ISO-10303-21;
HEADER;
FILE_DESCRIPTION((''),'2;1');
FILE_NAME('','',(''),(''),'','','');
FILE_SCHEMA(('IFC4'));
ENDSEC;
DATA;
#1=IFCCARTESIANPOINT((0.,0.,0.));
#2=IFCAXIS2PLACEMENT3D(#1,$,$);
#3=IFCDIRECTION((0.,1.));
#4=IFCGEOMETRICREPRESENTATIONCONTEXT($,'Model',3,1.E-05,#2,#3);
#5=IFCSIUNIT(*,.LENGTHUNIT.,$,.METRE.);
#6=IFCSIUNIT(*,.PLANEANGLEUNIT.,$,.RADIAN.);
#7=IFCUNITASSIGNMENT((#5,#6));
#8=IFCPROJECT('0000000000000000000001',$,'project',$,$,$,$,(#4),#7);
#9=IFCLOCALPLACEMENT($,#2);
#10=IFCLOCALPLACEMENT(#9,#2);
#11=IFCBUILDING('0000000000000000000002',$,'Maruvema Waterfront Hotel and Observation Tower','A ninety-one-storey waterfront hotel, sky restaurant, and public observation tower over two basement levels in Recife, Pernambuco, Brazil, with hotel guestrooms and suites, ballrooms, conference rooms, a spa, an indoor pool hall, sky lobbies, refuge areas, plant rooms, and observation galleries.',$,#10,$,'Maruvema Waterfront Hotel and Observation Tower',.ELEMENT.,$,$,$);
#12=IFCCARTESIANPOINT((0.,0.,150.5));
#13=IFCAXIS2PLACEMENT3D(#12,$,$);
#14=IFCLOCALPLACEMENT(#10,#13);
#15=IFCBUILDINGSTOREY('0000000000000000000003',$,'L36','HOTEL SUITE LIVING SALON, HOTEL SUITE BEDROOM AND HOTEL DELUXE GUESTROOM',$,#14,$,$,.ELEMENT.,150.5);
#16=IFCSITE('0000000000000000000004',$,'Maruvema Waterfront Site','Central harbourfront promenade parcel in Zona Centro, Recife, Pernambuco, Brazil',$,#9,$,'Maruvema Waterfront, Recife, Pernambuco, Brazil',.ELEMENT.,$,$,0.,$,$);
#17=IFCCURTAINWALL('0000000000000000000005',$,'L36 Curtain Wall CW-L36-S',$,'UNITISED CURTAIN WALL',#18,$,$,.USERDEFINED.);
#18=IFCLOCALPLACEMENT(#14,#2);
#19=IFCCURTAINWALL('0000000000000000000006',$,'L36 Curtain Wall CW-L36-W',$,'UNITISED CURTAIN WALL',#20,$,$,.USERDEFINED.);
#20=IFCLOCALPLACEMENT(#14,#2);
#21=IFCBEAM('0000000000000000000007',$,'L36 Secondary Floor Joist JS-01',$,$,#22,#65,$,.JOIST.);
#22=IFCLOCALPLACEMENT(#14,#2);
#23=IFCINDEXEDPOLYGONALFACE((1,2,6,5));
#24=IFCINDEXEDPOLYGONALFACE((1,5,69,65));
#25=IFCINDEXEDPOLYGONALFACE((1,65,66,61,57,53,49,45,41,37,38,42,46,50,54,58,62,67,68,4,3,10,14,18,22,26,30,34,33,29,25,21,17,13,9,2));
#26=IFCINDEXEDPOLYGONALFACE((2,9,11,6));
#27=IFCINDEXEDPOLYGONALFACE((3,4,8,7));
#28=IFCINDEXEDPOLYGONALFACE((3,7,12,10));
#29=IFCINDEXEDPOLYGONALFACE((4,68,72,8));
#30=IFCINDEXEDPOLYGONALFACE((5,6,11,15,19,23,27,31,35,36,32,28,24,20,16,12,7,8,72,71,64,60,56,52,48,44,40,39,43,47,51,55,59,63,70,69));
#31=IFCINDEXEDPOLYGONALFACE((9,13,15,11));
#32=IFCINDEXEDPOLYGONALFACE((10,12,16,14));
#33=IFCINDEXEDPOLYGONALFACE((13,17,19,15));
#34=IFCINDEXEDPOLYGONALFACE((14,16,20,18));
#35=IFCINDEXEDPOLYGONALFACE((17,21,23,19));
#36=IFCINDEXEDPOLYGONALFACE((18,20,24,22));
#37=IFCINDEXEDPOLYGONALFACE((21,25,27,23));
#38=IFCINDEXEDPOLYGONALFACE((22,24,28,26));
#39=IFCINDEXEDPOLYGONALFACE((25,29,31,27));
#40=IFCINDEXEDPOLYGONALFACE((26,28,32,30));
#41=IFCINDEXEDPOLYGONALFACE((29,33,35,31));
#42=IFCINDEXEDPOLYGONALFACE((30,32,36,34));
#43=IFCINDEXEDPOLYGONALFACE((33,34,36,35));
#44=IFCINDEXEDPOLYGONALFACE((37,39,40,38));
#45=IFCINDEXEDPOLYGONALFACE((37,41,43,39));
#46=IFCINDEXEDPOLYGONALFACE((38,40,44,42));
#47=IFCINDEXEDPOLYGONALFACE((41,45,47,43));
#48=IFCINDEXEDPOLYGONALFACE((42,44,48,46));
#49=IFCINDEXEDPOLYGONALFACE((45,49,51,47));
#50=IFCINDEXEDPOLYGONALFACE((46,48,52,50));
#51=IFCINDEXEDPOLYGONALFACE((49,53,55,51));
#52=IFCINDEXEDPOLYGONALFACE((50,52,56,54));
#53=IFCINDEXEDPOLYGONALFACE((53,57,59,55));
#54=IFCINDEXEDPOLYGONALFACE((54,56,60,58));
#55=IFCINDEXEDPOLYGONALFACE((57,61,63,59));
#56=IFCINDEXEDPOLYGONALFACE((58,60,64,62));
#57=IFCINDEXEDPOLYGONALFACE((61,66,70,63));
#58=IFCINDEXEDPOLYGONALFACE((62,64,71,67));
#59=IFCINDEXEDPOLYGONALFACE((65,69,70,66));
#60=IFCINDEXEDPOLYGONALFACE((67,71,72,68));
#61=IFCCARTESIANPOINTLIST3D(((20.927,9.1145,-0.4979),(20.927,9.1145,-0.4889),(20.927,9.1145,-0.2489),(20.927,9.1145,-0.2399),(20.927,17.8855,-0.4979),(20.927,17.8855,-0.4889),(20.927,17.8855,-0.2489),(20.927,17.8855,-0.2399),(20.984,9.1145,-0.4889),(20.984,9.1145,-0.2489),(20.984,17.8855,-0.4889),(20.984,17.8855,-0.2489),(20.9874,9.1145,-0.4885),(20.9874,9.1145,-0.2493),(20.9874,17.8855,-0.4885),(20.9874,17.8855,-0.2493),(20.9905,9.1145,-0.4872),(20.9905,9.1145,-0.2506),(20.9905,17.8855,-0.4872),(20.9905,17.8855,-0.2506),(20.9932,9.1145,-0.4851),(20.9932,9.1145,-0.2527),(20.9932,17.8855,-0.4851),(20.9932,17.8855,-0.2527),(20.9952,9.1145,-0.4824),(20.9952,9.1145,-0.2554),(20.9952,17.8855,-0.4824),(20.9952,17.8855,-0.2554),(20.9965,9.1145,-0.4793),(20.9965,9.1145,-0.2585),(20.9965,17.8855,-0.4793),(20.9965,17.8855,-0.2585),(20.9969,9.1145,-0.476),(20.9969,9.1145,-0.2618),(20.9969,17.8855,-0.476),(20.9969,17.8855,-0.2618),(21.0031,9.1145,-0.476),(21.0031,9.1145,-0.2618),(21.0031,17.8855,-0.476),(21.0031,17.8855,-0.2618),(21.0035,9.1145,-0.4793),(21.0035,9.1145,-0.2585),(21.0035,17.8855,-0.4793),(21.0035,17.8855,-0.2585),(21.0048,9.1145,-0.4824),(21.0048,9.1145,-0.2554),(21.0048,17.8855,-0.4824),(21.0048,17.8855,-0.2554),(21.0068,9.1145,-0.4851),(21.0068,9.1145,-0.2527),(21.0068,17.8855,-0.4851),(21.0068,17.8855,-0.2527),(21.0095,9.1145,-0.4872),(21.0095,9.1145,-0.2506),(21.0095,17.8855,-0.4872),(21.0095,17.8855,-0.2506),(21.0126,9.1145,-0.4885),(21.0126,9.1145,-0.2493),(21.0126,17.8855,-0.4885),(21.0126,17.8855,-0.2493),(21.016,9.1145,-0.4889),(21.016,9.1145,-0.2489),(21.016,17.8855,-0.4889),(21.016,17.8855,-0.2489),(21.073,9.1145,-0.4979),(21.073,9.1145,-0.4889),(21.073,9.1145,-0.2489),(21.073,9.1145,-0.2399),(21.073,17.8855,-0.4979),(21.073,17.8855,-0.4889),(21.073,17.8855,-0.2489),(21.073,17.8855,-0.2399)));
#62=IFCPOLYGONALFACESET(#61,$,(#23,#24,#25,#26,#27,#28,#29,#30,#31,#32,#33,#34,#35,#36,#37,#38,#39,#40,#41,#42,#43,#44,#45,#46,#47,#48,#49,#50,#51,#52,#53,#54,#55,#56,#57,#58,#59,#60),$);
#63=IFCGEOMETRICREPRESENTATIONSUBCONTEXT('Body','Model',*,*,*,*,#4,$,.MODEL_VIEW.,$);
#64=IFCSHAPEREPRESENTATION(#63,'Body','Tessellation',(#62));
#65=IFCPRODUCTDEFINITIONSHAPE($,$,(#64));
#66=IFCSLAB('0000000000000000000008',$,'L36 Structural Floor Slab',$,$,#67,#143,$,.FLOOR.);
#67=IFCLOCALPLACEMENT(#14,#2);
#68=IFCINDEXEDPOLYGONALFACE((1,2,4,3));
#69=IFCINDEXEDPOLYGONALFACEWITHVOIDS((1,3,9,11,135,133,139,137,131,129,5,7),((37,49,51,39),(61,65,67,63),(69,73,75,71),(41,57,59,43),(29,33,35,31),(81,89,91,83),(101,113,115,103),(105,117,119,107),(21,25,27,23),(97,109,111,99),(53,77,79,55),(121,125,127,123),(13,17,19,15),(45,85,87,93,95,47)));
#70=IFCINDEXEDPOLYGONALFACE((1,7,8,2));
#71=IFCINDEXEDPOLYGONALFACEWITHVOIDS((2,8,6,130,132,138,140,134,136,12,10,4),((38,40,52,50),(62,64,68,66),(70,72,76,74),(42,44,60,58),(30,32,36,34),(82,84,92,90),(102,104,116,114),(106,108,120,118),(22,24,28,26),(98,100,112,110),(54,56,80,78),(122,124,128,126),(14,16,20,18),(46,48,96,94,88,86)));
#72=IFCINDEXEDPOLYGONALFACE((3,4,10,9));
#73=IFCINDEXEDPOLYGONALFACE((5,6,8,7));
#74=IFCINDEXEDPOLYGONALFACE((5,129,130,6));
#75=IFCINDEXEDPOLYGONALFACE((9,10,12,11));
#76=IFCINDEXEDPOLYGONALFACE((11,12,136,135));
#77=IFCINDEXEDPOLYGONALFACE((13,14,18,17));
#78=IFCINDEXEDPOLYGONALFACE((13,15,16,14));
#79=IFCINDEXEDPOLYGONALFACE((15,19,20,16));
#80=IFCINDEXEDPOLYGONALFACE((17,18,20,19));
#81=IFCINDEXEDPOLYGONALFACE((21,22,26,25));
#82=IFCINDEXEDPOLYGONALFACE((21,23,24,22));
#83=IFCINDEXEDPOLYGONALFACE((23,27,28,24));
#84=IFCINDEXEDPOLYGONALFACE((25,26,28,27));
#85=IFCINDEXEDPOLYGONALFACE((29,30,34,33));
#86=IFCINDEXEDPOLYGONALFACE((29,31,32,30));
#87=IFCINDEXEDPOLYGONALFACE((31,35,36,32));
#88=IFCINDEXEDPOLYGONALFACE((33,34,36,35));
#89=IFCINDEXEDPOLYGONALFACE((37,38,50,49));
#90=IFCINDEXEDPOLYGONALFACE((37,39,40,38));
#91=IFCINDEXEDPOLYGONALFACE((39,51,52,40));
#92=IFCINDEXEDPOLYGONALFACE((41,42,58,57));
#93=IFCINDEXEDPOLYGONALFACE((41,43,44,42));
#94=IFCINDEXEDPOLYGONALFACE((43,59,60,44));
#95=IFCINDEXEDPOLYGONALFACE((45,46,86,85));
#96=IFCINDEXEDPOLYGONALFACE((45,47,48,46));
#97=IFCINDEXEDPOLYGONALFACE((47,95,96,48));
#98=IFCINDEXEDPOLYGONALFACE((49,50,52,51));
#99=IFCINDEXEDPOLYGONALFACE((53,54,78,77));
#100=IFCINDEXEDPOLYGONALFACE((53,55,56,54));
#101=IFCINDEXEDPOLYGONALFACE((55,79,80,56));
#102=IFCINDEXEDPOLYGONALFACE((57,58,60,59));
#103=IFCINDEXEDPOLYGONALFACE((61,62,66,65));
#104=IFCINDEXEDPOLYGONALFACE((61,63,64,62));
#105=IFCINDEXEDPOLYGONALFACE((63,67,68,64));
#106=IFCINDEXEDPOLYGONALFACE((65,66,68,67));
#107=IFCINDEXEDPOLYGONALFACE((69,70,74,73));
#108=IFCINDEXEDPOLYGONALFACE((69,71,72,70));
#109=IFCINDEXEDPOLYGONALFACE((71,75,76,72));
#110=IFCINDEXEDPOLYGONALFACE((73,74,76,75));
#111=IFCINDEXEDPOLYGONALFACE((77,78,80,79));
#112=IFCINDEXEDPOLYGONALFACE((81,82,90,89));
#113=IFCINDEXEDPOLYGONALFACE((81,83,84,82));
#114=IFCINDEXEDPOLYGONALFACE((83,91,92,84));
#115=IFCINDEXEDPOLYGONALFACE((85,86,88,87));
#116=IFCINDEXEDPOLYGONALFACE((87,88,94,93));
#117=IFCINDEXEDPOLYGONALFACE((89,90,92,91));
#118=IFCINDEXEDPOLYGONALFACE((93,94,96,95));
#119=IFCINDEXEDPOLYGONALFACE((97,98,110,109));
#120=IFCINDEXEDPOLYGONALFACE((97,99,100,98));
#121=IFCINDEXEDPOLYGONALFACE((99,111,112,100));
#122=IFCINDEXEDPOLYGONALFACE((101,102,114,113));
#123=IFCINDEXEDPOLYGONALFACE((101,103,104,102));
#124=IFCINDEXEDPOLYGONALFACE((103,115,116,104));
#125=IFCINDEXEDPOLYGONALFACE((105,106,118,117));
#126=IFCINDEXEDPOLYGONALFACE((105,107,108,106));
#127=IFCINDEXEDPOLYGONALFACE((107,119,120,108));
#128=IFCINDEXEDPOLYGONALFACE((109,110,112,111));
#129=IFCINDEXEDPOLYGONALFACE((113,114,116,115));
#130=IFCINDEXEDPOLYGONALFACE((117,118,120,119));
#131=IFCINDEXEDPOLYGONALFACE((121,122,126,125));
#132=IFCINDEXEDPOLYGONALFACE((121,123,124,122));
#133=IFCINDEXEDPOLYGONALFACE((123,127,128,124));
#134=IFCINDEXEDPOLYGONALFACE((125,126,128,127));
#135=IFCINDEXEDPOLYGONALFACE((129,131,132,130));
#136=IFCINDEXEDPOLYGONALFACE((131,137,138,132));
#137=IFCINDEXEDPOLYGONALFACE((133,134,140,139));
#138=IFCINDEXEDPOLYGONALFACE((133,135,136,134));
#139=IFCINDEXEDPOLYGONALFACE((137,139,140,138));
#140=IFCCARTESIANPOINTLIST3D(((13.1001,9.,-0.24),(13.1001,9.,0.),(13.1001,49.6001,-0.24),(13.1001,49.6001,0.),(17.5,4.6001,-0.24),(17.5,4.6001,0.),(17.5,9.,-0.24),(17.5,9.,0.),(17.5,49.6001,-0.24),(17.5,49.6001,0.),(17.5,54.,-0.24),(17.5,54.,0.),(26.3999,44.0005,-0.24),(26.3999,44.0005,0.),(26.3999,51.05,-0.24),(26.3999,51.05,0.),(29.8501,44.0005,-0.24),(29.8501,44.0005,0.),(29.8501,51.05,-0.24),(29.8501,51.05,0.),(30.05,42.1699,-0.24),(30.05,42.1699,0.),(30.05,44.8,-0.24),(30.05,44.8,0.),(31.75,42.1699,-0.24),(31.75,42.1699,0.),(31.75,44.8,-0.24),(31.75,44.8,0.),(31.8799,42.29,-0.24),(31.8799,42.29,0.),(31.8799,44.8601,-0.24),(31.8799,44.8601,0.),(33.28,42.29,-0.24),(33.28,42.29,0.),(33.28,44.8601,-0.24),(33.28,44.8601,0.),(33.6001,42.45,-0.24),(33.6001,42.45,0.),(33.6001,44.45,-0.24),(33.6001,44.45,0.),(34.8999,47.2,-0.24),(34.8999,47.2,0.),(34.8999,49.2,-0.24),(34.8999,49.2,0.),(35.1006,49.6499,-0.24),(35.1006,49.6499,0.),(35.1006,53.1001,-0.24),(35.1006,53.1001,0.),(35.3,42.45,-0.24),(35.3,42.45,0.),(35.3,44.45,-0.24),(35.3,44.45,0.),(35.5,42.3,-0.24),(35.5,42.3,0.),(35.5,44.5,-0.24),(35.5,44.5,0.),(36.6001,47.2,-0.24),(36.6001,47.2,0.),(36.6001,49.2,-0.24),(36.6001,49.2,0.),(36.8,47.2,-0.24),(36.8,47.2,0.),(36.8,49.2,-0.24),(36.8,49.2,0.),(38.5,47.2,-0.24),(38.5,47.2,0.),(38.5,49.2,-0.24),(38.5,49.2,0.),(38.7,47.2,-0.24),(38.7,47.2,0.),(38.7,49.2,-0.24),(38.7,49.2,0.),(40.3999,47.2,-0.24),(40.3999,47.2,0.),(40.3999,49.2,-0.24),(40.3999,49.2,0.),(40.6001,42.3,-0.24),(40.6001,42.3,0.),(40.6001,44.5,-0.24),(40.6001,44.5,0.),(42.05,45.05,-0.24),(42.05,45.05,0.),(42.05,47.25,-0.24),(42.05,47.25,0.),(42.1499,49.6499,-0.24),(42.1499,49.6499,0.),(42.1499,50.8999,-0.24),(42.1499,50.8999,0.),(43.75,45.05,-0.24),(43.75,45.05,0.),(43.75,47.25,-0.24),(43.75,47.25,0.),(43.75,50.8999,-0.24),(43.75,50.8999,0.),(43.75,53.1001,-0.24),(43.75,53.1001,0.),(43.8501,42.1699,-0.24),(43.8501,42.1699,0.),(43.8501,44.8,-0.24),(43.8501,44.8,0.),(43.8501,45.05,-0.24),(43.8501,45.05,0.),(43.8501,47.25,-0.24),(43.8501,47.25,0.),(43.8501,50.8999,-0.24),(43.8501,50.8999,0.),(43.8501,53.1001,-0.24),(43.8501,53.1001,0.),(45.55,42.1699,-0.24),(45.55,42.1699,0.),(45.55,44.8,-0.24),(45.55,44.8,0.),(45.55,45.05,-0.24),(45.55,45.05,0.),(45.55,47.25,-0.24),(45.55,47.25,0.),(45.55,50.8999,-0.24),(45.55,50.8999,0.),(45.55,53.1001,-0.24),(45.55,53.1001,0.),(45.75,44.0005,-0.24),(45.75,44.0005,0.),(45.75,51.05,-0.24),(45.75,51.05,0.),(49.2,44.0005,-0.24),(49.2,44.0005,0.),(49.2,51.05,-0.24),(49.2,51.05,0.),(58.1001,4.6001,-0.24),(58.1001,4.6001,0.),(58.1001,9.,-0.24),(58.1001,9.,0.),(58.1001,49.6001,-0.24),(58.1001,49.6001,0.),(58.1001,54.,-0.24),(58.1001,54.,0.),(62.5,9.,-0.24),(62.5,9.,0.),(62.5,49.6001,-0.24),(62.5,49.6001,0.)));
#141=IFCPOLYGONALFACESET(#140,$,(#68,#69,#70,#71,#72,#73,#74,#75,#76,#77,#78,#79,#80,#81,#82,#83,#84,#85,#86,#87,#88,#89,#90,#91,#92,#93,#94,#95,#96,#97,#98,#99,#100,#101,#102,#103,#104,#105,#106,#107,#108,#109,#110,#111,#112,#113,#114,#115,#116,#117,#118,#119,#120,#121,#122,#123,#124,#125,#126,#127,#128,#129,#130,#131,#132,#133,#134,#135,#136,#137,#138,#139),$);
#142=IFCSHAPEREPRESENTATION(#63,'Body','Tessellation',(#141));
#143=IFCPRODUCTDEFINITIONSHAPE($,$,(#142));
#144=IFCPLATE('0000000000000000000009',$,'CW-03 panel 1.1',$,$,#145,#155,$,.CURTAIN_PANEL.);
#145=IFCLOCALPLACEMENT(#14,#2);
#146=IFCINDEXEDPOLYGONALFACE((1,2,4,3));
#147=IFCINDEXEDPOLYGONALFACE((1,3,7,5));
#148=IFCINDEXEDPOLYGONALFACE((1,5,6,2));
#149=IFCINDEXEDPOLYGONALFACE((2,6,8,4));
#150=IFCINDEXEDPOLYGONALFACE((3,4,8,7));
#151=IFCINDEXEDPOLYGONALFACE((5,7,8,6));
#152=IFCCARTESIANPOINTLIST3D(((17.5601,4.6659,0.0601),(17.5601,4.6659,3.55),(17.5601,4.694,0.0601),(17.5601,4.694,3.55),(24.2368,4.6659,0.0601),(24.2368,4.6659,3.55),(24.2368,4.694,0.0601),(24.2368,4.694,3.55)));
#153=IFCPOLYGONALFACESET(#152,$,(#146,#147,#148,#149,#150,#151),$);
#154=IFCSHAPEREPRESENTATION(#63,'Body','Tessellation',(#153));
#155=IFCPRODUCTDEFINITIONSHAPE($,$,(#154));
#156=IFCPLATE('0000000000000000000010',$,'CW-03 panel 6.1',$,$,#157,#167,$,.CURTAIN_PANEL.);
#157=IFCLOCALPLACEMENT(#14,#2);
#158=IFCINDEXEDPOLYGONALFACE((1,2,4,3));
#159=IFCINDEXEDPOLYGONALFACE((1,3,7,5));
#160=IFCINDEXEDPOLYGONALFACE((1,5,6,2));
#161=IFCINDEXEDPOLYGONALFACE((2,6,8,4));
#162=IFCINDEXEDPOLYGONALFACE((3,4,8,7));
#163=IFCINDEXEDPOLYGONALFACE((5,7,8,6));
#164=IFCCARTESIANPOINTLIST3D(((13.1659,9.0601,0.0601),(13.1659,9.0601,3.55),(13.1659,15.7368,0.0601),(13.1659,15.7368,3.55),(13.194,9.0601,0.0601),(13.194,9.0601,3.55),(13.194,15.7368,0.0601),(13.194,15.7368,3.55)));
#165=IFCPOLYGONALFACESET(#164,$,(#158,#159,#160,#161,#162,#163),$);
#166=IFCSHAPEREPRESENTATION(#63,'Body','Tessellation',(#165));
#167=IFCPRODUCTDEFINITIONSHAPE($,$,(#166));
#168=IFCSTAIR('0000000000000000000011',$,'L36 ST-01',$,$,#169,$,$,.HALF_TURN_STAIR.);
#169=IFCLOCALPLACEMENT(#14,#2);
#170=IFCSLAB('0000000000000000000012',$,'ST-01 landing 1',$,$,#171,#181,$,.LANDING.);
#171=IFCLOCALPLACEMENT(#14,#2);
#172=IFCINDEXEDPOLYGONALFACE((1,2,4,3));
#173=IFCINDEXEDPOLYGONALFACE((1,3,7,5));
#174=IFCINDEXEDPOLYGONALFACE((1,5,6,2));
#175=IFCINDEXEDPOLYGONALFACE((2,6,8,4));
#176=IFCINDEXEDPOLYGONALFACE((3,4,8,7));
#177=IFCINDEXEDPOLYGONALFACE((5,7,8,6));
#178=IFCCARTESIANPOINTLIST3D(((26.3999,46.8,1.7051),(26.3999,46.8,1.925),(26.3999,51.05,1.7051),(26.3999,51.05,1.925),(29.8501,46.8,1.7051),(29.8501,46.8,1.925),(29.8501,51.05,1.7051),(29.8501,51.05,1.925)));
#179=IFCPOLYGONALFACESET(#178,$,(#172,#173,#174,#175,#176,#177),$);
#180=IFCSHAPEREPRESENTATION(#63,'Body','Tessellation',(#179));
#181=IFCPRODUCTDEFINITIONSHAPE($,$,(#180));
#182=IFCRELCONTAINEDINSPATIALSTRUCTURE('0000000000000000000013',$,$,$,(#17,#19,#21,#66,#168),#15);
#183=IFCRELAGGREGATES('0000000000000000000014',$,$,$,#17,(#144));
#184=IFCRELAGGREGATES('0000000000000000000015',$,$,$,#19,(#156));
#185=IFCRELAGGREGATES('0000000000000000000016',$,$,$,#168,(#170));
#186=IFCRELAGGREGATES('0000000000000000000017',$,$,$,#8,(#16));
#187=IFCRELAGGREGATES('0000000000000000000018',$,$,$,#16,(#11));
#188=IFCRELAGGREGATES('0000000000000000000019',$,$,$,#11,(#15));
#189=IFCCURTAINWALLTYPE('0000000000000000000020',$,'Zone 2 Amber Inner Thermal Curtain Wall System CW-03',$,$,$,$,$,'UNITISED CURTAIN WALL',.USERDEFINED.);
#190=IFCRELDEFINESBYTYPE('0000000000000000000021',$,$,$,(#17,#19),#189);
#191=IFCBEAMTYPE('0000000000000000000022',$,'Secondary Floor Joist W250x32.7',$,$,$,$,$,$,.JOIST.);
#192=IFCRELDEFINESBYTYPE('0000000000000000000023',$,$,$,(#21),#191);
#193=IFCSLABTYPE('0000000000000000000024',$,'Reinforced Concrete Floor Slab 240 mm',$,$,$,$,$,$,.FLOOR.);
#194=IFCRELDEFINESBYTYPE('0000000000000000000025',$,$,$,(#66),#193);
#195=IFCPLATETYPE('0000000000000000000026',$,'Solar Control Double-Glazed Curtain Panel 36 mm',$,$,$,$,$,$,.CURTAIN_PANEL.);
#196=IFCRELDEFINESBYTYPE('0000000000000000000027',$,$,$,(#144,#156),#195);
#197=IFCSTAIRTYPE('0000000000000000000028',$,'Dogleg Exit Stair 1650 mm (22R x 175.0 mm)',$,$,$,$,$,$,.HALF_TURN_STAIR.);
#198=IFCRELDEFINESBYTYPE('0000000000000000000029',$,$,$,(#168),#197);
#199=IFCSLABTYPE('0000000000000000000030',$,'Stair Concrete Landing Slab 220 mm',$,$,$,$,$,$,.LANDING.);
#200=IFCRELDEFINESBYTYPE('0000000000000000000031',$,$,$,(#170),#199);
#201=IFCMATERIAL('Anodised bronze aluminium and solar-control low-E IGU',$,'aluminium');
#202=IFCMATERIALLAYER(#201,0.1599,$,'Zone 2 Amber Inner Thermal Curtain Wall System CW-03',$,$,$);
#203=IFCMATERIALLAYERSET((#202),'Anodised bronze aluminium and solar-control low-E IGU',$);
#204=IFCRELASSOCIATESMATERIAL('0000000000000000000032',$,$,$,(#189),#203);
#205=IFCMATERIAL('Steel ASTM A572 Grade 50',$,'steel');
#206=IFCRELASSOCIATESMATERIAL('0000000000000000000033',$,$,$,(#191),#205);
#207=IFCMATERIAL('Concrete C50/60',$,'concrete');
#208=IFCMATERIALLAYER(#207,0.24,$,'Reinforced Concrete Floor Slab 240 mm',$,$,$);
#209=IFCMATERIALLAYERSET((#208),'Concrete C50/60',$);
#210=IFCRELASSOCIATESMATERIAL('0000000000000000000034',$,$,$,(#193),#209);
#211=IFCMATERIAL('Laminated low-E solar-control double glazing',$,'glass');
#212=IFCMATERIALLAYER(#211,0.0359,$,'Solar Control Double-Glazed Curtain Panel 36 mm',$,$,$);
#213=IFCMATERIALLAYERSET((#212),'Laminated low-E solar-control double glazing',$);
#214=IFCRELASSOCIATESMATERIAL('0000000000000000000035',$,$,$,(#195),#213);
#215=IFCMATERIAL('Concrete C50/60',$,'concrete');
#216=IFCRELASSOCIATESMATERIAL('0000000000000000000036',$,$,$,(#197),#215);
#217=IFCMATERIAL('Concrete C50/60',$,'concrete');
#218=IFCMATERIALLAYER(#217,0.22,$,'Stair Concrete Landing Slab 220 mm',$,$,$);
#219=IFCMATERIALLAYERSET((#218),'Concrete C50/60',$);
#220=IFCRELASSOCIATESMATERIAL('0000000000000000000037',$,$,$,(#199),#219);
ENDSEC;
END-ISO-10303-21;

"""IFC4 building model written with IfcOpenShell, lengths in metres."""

from ifc_helpers import new_model, si_unit, direction, frame, origin, origin_2d, place, context, subcontext, project, spatial, polyline, rectangle, i_section, outline, extrude, material, layer, layer_set, material_profile, profile_set, type_object, element, aggregate, save


model = new_model("IFC4")

# Units and contexts
model_context = context("Model", 3, precision=1e-05, world=origin(), true_north=direction((0.0, 1.0)))
body_context = subcontext(model_context, "Body", "Model", "MODEL_VIEW")
ifc_project = project(units=[si_unit("LENGTHUNIT", "METRE"), si_unit("PLANEANGLEUNIT", "RADIAN")], contexts=[model_context])

# Site, building, storey
site_placement = place(None, origin())
site = spatial("IfcSite", under=ifc_project, at=site_placement, Name="Maruvema Waterfront Site", Description="Central harbourfront promenade parcel in Zona Centro, Recife, Pernambuco, Brazil", LongName="Maruvema Waterfront, Recife, Pernambuco, Brazil", CompositionType="ELEMENT", RefElevation=0.0)
building_placement = place(site_placement, origin())
building = spatial("IfcBuilding", under=site, at=building_placement, Name="Maruvema Waterfront Hotel and Observation Tower", Description="A ninety-one-storey waterfront hotel, sky restaurant, and public observation tower over two basement levels in Recife, Pernambuco, Brazil, with hotel guestrooms and suites, ballrooms, conference rooms, a spa, an indoor pool hall, sky lobbies, refuge areas, plant rooms, and observation galleries.", LongName="Maruvema Waterfront Hotel and Observation Tower", CompositionType="ELEMENT")
storey_placement = place(building_placement, frame((0.0, 0.0, 150.5)))
storey = spatial("IfcBuildingStorey", under=building, at=storey_placement, Name="L36", Description="HOTEL SUITE LIVING SALON, HOTEL SUITE BEDROOM AND HOTEL DELUXE GUESTROOM", CompositionType="ELEMENT", Elevation=150.5)

# Curtain walls
ifc_material_1 = material(Name="Anodised bronze aluminium and solar-control low-E IGU", Category="aluminium")
ifc_layer_1 = layer(ifc_material_1, 0.1599, Name="Zone 2 Amber Inner Thermal Curtain Wall System CW-03")
ifc_layer_set_1 = layer_set([ifc_layer_1], Name="Anodised bronze aluminium and solar-control low-E IGU")
curtain_wall_type = type_object("IfcCurtainWallType", Name="Zone 2 Amber Inner Thermal Curtain Wall System CW-03", ElementType="UNITISED CURTAIN WALL", PredefinedType="USERDEFINED", material=ifc_layer_set_1)
curtain_wall_1_placement = place(storey_placement, origin())
curtain_wall_1 = element("IfcCurtainWall", 1, at=curtain_wall_1_placement, inside=storey, type_object=curtain_wall_type, Name="L36 Curtain Wall CW-L36-S", ObjectType="UNITISED CURTAIN WALL", PredefinedType="USERDEFINED")
curtain_wall_2_placement = place(storey_placement, origin())
curtain_wall_2 = element("IfcCurtainWall", 2, at=curtain_wall_2_placement, inside=storey, type_object=curtain_wall_type, Name="L36 Curtain Wall CW-L36-W", ObjectType="UNITISED CURTAIN WALL", PredefinedType="USERDEFINED")

# Beam
ifc_material_2 = material(Name="Steel ASTM A572 Grade 50", Category="steel")
ifc_material_profile_1 = material_profile(ifc_material_2, i_section(OverallWidth=0.146, OverallDepth=0.2581, WebThickness=0.0061, FlangeThickness=0.009, FilletRadius=0.0129, at=origin_2d()), Name="W250x32.7")
ifc_profile_set_1 = profile_set([ifc_material_profile_1], Name="Steel ASTM A572 Grade 50")
beam_type_1 = type_object("IfcBeamType", Name="Secondary Floor Joist W250x32.7", PredefinedType="JOIST", material=ifc_profile_set_1)
beam_1_placement = place(storey_placement, frame((21.0, 9.1145, -0.3689), z_axis=(0.0, 1.0, 0.0), x_axis=(-1.0, 0.0, 0.0)))
element("IfcBeam", 3, at=beam_1_placement, inside=storey, type_object=beam_type_1, Name="L36 Secondary Floor Joist JS-01", PredefinedType="JOIST", context=body_context, shape_type="SweptSolid", body=[
    extrude(i_section(OverallWidth=0.146, OverallDepth=0.2581, WebThickness=0.0061, FlangeThickness=0.009, FilletRadius=0.0129, at=origin_2d()), origin(), (0.0, 0.0, 1.0), 8.771),
])

# Slab
ifc_material_3 = material(Name="Concrete C50/60", Category="concrete")
ifc_layer_2 = layer(ifc_material_3, 0.24, Name="Reinforced Concrete Floor Slab 240 mm")
ifc_layer_set_2 = layer_set([ifc_layer_2], Name="Concrete C50/60")
slab_type_1 = type_object("IfcSlabType", Name="Reinforced Concrete Floor Slab 240 mm", PredefinedType="FLOOR", material=ifc_layer_set_2)
slab_1_placement = place(storey_placement, frame((0.0, 0.0, -0.24)))
element("IfcSlab", 4, at=slab_1_placement, inside=storey, type_object=slab_type_1, Name="L36 Structural Floor Slab", PredefinedType="FLOOR", context=body_context, shape_type="SweptSolid", body=[
    extrude(outline(polyline([(17.5, 4.6001), (58.1001, 4.6001), (58.1001, 9.0), (62.5, 9.0), (62.5, 49.6001), (58.1001, 49.6001), (58.1001, 54.0), (17.5, 54.0), (17.5, 49.6001), (13.1001, 49.6001), (13.1001, 9.0), (17.5, 9.0), (17.5, 4.6001)]), holes=[polyline([(26.3999, 44.0005), (26.3999, 51.05), (29.8501, 51.05), (29.8501, 44.0005), (26.3999, 44.0005)]), polyline([(30.05, 44.8), (31.75, 44.8), (31.75, 42.1699), (30.05, 42.1699), (30.05, 44.8)]), polyline([(31.8799, 44.8601), (33.28, 44.8601), (33.28, 42.29), (31.8799, 42.29), (31.8799, 44.8601)]), polyline([(33.6001, 44.45), (35.3, 44.45), (35.3, 42.45), (33.6001, 42.45), (33.6001, 44.45)]), polyline([(34.8999, 49.2), (36.6001, 49.2), (36.6001, 47.2), (34.8999, 47.2), (34.8999, 49.2)]), polyline([(36.8, 49.2), (38.5, 49.2), (38.5, 47.2), (36.8, 47.2), (36.8, 49.2)]), polyline([(35.5, 42.3), (35.5, 44.5), (40.6001, 44.5), (40.6001, 42.3), (35.5, 42.3)]), polyline([(35.1006, 53.1001), (43.75, 53.1001), (43.75, 50.8999), (42.1499, 50.8999), (42.1499, 49.6499), (35.1006, 49.6499), (35.1006, 53.1001)]), polyline([(38.7, 49.2), (40.3999, 49.2), (40.3999, 47.2), (38.7, 47.2), (38.7, 49.2)]), polyline([(42.05, 47.25), (43.75, 47.25), (43.75, 45.05), (42.05, 45.05), (42.05, 47.25)]), polyline([(43.8501, 44.8), (45.55, 44.8), (45.55, 42.1699), (43.8501, 42.1699), (43.8501, 44.8)]), polyline([(43.8501, 47.25), (45.55, 47.25), (45.55, 45.05), (43.8501, 45.05), (43.8501, 47.25)]), polyline([(45.55, 53.1001), (45.55, 50.8999), (43.8501, 50.8999), (43.8501, 53.1001), (45.55, 53.1001)]), polyline([(45.75, 44.0005), (45.75, 51.05), (49.2, 51.05), (49.2, 44.0005), (45.75, 44.0005)])]), origin(), (0.0, 0.0, 1.0), 0.24),
])

# Plates
ifc_material_4 = material(Name="Laminated low-E solar-control double glazing", Category="glass")
ifc_layer_3 = layer(ifc_material_4, 0.0359, Name="Solar Control Double-Glazed Curtain Panel 36 mm")
ifc_layer_set_3 = layer_set([ifc_layer_3], Name="Laminated low-E solar-control double glazing")
plate_type = type_object("IfcPlateType", Name="Solar Control Double-Glazed Curtain Panel 36 mm", PredefinedType="CURTAIN_PANEL", material=ifc_layer_set_3)
plate_1_placement = place(storey_placement, frame((20.8984, 4.6799, 0.0601), z_axis=(0.0, 0.0, 1.0), x_axis=(1.0, 0.0, 0.0)))
plate_1 = element("IfcPlate", 5, at=plate_1_placement, type_object=plate_type, Name="CW-03 panel 1.1", PredefinedType="CURTAIN_PANEL", context=body_context, shape_type="SweptSolid", body=[
    extrude(rectangle(XDim=6.6768, YDim=0.0281, at=origin_2d()), origin(), (0.0, 0.0, 1.0), 3.49),
])
aggregate(curtain_wall_1, [plate_1])
plate_2_placement = place(storey_placement, frame((13.1799, 12.3984, 0.0601), z_axis=(0.0, 0.0, 1.0), x_axis=(0.0, -1.0, 0.0)))
plate_2 = element("IfcPlate", 6, at=plate_2_placement, type_object=plate_type, Name="CW-03 panel 6.1", PredefinedType="CURTAIN_PANEL", context=body_context, shape_type="SweptSolid", body=[
    extrude(rectangle(XDim=6.6768, YDim=0.0281, at=origin_2d()), origin(), (0.0, 0.0, 1.0), 3.49),
])
aggregate(curtain_wall_2, [plate_2])

# Stair, slab
ifc_material_5 = material(Name="Concrete C50/60", Category="concrete")
stair_type = type_object("IfcStairType", Name="Dogleg Exit Stair 1650 mm (22R x 175.0 mm)", PredefinedType="HALF_TURN_STAIR", material=ifc_material_5)
stair_1_placement = place(storey_placement, origin())
stair_1 = element("IfcStair", 7, at=stair_1_placement, inside=storey, type_object=stair_type, Name="L36 ST-01", PredefinedType="HALF_TURN_STAIR")
ifc_material_6 = material(Name="Concrete C50/60", Category="concrete")
ifc_layer_4 = layer(ifc_material_6, 0.22, Name="Stair Concrete Landing Slab 220 mm")
ifc_layer_set_4 = layer_set([ifc_layer_4], Name="Concrete C50/60")
slab_type_2 = type_object("IfcSlabType", Name="Stair Concrete Landing Slab 220 mm", PredefinedType="LANDING", material=ifc_layer_set_4)
slab_2_placement = place(storey_placement, frame((0.0, 0.0, 1.7051)))
slab_2 = element("IfcSlab", 8, at=slab_2_placement, type_object=slab_type_2, Name="ST-01 landing 1", PredefinedType="LANDING", context=body_context, shape_type="SweptSolid", body=[
    extrude(outline(polyline([(29.8501, 46.8), (29.8501, 51.05), (26.3999, 51.05), (26.3999, 46.8), (29.8501, 46.8)])), origin(), (0.0, 0.0, 1.0), 0.22),
])
aggregate(stair_1, [slab_2])

save(model, "model.ifc")
